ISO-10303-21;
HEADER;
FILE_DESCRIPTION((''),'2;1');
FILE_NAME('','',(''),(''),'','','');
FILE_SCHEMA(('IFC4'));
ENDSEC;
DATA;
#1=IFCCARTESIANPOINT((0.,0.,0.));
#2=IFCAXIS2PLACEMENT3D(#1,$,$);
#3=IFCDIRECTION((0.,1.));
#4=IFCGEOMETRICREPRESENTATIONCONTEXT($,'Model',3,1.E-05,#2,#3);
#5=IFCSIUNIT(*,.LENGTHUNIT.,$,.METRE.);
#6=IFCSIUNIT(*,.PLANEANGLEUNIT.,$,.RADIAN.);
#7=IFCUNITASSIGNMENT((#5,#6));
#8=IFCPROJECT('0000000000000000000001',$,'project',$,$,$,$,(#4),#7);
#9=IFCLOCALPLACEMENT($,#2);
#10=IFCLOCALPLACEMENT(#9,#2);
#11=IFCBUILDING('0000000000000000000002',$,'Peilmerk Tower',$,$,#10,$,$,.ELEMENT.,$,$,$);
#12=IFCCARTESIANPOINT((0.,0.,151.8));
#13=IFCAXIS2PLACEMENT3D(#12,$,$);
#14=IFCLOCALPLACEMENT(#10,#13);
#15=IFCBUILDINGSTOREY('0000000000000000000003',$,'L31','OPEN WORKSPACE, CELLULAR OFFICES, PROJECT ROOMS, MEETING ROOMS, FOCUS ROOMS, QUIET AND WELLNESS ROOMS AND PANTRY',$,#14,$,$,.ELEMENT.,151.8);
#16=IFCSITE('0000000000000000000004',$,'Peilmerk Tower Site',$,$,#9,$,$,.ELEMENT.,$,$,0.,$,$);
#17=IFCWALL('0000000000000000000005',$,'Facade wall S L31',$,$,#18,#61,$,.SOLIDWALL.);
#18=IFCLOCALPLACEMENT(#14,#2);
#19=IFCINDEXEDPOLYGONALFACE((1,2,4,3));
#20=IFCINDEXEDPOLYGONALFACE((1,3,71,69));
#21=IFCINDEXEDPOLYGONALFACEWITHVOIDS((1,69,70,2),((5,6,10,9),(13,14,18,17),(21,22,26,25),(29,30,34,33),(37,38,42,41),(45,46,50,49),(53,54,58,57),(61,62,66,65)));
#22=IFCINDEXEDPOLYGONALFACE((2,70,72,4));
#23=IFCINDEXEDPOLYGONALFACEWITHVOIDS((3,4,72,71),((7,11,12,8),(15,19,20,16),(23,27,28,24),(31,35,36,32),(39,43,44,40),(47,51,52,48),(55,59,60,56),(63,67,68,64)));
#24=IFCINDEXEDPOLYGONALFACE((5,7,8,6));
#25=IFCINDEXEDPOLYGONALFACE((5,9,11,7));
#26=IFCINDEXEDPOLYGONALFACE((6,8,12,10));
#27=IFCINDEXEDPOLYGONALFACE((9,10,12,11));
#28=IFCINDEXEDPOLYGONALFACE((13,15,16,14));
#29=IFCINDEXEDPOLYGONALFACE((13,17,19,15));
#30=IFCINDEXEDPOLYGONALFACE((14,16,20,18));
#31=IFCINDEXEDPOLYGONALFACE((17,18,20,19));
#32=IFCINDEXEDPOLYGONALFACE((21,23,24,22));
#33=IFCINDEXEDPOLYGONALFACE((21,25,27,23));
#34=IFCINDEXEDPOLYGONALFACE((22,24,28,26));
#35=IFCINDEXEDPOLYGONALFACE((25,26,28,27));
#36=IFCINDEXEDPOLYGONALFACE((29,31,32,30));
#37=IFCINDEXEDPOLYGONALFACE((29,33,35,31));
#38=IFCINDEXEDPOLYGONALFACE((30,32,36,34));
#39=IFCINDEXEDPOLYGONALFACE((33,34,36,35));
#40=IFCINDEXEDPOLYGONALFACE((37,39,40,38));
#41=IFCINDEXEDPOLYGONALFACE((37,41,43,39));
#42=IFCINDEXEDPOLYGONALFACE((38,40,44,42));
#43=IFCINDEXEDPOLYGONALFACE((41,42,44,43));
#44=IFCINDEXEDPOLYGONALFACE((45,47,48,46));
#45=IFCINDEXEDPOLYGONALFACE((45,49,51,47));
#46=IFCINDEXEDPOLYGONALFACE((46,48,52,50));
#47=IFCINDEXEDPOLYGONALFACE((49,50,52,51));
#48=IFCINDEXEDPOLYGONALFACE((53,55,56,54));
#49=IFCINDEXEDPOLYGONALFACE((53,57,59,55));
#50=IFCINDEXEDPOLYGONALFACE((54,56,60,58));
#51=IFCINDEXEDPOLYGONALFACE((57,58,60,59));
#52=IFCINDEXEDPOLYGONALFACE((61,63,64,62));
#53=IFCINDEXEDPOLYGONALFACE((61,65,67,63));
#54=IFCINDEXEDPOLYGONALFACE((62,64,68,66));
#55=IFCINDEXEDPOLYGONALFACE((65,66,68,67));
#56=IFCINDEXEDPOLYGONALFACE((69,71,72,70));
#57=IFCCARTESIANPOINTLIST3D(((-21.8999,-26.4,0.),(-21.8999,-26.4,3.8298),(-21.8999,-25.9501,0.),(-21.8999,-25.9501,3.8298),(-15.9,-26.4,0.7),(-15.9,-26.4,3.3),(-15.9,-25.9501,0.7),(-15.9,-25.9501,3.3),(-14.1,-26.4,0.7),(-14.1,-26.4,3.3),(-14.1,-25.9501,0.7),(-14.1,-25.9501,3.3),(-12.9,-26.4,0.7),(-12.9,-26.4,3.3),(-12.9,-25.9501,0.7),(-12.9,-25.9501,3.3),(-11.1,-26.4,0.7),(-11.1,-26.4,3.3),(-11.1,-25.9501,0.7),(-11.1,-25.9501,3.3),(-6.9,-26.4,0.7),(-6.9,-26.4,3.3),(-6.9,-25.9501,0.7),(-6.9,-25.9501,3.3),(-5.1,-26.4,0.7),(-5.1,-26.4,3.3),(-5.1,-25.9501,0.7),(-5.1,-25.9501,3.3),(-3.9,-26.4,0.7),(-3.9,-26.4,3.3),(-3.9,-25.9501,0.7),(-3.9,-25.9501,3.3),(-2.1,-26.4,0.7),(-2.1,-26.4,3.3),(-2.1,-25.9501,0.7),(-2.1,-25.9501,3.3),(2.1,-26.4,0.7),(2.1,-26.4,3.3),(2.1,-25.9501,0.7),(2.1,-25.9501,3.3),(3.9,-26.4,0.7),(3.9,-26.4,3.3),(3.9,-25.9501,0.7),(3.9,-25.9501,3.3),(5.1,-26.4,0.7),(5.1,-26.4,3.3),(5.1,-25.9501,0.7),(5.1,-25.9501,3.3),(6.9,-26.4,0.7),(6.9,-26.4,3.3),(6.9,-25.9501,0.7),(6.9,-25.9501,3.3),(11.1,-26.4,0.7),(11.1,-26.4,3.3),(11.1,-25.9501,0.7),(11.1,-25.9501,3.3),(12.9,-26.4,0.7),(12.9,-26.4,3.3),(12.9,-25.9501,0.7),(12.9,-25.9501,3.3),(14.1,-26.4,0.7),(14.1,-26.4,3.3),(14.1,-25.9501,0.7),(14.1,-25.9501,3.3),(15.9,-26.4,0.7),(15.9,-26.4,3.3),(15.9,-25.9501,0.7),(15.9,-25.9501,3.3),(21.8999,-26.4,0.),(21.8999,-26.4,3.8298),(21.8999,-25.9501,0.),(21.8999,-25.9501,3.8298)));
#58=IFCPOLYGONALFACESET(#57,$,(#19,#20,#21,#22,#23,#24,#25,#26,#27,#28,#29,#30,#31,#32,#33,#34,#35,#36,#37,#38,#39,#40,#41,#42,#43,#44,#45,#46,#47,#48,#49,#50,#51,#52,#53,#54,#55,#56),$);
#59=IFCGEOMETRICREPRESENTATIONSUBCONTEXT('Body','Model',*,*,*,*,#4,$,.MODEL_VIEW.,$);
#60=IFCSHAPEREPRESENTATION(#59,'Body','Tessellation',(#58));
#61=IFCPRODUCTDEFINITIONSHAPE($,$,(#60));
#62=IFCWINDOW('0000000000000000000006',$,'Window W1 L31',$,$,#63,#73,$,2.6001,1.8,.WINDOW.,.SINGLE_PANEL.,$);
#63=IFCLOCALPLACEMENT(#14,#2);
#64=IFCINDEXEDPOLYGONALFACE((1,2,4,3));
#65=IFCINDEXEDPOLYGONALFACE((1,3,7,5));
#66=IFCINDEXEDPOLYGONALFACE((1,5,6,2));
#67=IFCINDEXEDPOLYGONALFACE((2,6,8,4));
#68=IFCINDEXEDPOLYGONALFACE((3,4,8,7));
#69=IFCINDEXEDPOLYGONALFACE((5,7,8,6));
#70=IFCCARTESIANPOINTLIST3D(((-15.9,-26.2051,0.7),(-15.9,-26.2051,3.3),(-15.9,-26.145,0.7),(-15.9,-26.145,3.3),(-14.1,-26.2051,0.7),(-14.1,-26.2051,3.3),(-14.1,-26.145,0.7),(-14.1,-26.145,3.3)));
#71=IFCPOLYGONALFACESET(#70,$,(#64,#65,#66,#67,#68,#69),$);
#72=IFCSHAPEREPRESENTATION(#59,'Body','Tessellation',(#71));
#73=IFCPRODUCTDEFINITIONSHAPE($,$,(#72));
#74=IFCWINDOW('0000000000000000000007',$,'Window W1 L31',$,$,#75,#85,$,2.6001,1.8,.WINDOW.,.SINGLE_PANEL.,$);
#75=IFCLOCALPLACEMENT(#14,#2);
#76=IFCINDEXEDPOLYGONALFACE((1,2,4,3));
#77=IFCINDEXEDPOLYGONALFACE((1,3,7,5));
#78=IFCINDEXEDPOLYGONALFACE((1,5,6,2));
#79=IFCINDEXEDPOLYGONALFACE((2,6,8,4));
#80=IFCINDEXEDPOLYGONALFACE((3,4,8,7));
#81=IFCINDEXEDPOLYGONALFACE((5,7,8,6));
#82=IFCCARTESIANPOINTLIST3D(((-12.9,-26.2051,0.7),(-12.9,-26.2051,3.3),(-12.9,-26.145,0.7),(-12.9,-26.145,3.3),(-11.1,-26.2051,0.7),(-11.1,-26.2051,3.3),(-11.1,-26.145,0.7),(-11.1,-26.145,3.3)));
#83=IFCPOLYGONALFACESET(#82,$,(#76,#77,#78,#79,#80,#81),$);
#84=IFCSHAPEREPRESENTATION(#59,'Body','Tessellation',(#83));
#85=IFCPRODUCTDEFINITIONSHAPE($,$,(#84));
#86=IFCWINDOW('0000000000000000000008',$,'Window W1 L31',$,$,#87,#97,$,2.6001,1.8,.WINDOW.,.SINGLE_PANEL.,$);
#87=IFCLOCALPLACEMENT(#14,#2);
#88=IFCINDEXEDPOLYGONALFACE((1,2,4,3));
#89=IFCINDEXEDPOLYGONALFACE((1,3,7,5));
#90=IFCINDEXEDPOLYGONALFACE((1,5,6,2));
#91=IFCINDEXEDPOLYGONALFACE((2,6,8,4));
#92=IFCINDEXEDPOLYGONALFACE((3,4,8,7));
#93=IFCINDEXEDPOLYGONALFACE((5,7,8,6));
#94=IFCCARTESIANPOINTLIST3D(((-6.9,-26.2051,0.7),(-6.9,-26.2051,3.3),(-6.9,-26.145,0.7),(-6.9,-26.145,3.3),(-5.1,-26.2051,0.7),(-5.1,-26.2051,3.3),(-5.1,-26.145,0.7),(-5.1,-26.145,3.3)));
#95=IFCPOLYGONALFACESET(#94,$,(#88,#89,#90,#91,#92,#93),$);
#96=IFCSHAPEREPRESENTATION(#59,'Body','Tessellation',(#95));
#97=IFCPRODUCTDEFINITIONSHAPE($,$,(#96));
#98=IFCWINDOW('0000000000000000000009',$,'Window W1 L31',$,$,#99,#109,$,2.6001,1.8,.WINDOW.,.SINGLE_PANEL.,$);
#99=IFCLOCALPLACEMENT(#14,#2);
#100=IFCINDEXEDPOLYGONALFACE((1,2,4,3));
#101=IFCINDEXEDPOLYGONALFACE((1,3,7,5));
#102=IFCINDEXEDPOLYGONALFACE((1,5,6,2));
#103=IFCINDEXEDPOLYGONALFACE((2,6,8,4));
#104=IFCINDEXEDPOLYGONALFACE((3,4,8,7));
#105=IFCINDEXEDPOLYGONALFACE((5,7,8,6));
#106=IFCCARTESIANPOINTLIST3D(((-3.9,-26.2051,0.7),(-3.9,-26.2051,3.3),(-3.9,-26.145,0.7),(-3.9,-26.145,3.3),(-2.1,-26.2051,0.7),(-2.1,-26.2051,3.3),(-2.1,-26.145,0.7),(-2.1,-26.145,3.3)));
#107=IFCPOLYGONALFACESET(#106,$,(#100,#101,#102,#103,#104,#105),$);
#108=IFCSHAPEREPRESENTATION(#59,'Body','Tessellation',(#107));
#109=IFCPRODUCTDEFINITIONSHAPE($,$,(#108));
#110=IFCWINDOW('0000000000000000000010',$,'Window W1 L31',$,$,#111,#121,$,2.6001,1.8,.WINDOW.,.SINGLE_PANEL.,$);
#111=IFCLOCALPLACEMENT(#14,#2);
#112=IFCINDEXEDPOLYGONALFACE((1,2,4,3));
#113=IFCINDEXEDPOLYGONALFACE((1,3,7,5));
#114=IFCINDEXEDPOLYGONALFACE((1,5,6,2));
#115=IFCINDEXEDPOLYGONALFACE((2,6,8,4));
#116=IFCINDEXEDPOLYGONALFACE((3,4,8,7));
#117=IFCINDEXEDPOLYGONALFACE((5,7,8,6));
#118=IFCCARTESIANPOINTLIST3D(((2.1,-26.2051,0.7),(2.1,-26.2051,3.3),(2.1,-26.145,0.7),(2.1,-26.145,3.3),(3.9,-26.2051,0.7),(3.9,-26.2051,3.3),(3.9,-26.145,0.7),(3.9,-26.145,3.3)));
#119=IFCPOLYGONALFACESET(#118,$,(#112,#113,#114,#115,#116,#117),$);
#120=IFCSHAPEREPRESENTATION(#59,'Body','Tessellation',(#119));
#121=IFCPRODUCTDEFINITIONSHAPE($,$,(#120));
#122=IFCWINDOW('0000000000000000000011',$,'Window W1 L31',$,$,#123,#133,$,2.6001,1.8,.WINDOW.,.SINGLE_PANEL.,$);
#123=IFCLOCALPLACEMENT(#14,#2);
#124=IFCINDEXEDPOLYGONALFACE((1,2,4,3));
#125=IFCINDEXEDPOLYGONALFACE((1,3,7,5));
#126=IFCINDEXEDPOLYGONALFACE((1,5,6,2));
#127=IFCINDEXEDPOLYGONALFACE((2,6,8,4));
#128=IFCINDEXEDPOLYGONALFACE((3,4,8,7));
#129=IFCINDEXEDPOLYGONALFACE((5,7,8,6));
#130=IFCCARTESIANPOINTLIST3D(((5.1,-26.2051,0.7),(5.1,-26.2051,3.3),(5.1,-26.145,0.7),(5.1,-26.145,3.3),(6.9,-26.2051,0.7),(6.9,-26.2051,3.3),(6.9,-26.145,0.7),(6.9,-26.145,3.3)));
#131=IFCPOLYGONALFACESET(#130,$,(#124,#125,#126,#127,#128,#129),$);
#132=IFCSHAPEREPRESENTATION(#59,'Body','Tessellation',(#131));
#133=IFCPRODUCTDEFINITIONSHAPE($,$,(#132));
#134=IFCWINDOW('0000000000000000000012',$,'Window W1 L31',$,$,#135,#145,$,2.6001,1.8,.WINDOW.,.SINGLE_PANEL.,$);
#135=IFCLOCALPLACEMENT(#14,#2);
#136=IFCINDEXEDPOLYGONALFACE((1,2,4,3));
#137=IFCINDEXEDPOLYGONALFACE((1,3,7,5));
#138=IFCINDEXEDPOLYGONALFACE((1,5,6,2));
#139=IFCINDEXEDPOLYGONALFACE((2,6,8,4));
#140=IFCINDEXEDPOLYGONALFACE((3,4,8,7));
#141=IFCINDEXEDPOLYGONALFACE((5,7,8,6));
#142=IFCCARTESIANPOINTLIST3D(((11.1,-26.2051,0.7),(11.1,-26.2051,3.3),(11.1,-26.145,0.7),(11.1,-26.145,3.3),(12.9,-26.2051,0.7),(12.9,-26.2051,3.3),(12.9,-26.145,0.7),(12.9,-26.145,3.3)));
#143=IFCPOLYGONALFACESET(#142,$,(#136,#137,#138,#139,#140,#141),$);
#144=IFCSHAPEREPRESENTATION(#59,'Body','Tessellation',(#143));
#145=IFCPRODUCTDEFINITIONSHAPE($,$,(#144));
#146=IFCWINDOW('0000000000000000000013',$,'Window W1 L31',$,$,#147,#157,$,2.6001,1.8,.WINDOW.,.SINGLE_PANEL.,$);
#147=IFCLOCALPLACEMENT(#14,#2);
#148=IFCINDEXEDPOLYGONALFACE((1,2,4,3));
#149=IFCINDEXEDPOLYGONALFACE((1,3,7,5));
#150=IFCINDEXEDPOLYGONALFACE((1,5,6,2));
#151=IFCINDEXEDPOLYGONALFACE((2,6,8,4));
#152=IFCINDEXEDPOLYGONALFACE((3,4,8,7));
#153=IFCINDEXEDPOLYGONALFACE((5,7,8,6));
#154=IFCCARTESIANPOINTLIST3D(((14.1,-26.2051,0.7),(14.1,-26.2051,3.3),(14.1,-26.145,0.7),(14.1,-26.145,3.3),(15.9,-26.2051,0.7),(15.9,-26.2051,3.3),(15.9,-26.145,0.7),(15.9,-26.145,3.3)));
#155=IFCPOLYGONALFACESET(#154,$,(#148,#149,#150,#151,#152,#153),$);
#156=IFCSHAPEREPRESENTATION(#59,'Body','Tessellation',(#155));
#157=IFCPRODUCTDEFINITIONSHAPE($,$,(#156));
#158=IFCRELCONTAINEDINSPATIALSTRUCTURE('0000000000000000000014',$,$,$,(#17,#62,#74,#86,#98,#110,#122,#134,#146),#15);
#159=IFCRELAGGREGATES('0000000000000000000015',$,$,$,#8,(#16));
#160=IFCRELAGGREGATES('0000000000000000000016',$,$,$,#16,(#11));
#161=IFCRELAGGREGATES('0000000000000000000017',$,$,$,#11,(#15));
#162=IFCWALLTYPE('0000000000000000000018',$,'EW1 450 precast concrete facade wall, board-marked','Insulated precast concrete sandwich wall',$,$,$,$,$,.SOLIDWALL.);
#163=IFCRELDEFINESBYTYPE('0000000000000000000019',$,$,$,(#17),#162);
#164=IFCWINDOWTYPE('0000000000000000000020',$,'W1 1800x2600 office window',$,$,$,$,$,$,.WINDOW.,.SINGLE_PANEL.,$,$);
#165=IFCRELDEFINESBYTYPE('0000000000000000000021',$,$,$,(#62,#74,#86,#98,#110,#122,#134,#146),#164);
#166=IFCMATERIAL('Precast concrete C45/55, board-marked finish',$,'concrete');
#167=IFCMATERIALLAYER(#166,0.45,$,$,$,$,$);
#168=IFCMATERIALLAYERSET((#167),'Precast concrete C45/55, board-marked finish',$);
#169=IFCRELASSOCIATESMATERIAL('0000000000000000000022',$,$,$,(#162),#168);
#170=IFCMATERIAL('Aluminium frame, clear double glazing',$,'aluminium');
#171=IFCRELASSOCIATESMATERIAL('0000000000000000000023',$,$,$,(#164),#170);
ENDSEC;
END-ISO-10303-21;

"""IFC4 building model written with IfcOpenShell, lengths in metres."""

from ifc_helpers import new_model, si_unit, direction, frame, frame_2d, origin, place, context, subcontext, project, spatial, rectangle, extrude, material, layer, layer_set, type_object, element, fill, save


model = new_model("IFC4")

# Units and contexts
model_context = context("Model", 3, precision=1e-05, world=origin(), true_north=direction((0.0, 1.0)))
body_context = subcontext(model_context, "Body", "Model", "MODEL_VIEW")
ifc_project = project(units=[si_unit("LENGTHUNIT", "METRE"), si_unit("PLANEANGLEUNIT", "RADIAN")], contexts=[model_context])

# Site, building, storey
site_placement = place(None, origin())
site = spatial("IfcSite", under=ifc_project, at=site_placement, Name="Peilmerk Tower Site", CompositionType="ELEMENT", RefElevation=0.0)
building_placement = place(site_placement, origin())
building = spatial("IfcBuilding", under=site, at=building_placement, Name="Peilmerk Tower", CompositionType="ELEMENT")
storey_placement = place(building_placement, frame((0.0, 0.0, 151.8)))
storey = spatial("IfcBuildingStorey", under=building, at=storey_placement, Name="L31", Description="OPEN WORKSPACE, CELLULAR OFFICES, PROJECT ROOMS, MEETING ROOMS, FOCUS ROOMS, QUIET AND WELLNESS ROOMS AND PANTRY", CompositionType="ELEMENT", Elevation=151.8)

# Wall, openings, windows
ifc_material_1 = material(Name="Precast concrete C45/55, board-marked finish", Category="concrete")
ifc_layer_1 = layer(ifc_material_1, 0.45)
ifc_layer_set_1 = layer_set([ifc_layer_1], Name="Precast concrete C45/55, board-marked finish")
wall_type = type_object("IfcWallType", Name="EW1 450 precast concrete facade wall, board-marked", Description="Insulated precast concrete sandwich wall", PredefinedType="SOLIDWALL", material=ifc_layer_set_1)
wall_placement = place(storey_placement, frame((-21.8999, -26.175, 0.0), z_axis=(0.0, 0.0, 1.0), x_axis=(1.0, 0.0, 0.0)))
wall = element("IfcWall", 1, at=wall_placement, inside=storey, type_object=wall_type, Name="Facade wall S L31", PredefinedType="SOLIDWALL", context=body_context, shape_type="SweptSolid", body=[
    extrude(rectangle(XDim=43.7998, YDim=0.45, at=frame_2d((21.8999, 0.0))), origin(), (0.0, 0.0, 1.0), 3.8298),
])
opening_1_placement = place(wall_placement, frame((6.0, 0.0, 0.7)))
opening_1 = element("IfcOpeningElement", 2, at=opening_1_placement, cuts=wall, PredefinedType="OPENING", context=body_context, shape_type="SweptSolid", body=[
    extrude(rectangle(XDim=1.8, YDim=2.6001, at=frame_2d((0.8999, 1.3))), frame((0.0, 0.2349, 0.0), z_axis=(0.0, -1.0, 0.0), x_axis=(1.0, 0.0, 0.0)), (0.0, 0.0, 1.0), 0.47),
])
opening_2_placement = place(wall_placement, frame((9.0, 0.0, 0.7)))
opening_2 = element("IfcOpeningElement", 3, at=opening_2_placement, cuts=wall, PredefinedType="OPENING", context=body_context, shape_type="SweptSolid", body=[
    extrude(rectangle(XDim=1.8, YDim=2.6001, at=frame_2d((0.8999, 1.3))), frame((0.0, 0.2349, 0.0), z_axis=(0.0, -1.0, 0.0), x_axis=(1.0, 0.0, 0.0)), (0.0, 0.0, 1.0), 0.47),
])
opening_3_placement = place(wall_placement, frame((15.0, 0.0, 0.7)))
opening_3 = element("IfcOpeningElement", 4, at=opening_3_placement, cuts=wall, PredefinedType="OPENING", context=body_context, shape_type="SweptSolid", body=[
    extrude(rectangle(XDim=1.8, YDim=2.6001, at=frame_2d((0.8999, 1.3))), frame((0.0, 0.2349, 0.0), z_axis=(0.0, -1.0, 0.0), x_axis=(1.0, 0.0, 0.0)), (0.0, 0.0, 1.0), 0.47),
])
opening_4_placement = place(wall_placement, frame((18.0, 0.0, 0.7)))
opening_4 = element("IfcOpeningElement", 5, at=opening_4_placement, cuts=wall, PredefinedType="OPENING", context=body_context, shape_type="SweptSolid", body=[
    extrude(rectangle(XDim=1.8, YDim=2.6001, at=frame_2d((0.8999, 1.3))), frame((0.0, 0.2349, 0.0), z_axis=(0.0, -1.0, 0.0), x_axis=(1.0, 0.0, 0.0)), (0.0, 0.0, 1.0), 0.47),
])
opening_5_placement = place(wall_placement, frame((24.0, 0.0, 0.7)))
opening_5 = element("IfcOpeningElement", 6, at=opening_5_placement, cuts=wall, PredefinedType="OPENING", context=body_context, shape_type="SweptSolid", body=[
    extrude(rectangle(XDim=1.8, YDim=2.6001, at=frame_2d((0.8999, 1.3))), frame((0.0, 0.2349, 0.0), z_axis=(0.0, -1.0, 0.0), x_axis=(1.0, 0.0, 0.0)), (0.0, 0.0, 1.0), 0.47),
])
opening_6_placement = place(wall_placement, frame((27.0, 0.0, 0.7)))
opening_6 = element("IfcOpeningElement", 7, at=opening_6_placement, cuts=wall, PredefinedType="OPENING", context=body_context, shape_type="SweptSolid", body=[
    extrude(rectangle(XDim=1.8, YDim=2.6001, at=frame_2d((0.8999, 1.3))), frame((0.0, 0.2349, 0.0), z_axis=(0.0, -1.0, 0.0), x_axis=(1.0, 0.0, 0.0)), (0.0, 0.0, 1.0), 0.47),
])
opening_7_placement = place(wall_placement, frame((33.0, 0.0, 0.7)))
opening_7 = element("IfcOpeningElement", 8, at=opening_7_placement, cuts=wall, PredefinedType="OPENING", context=body_context, shape_type="SweptSolid", body=[
    extrude(rectangle(XDim=1.8, YDim=2.6001, at=frame_2d((0.8999, 1.3))), frame((0.0, 0.2349, 0.0), z_axis=(0.0, -1.0, 0.0), x_axis=(1.0, 0.0, 0.0)), (0.0, 0.0, 1.0), 0.47),
])
opening_8_placement = place(wall_placement, frame((36.0, 0.0, 0.7)))
opening_8 = element("IfcOpeningElement", 9, at=opening_8_placement, cuts=wall, PredefinedType="OPENING", context=body_context, shape_type="SweptSolid", body=[
    extrude(rectangle(XDim=1.8, YDim=2.6001, at=frame_2d((0.8999, 1.3))), frame((0.0, 0.2349, 0.0), z_axis=(0.0, -1.0, 0.0), x_axis=(1.0, 0.0, 0.0)), (0.0, 0.0, 1.0), 0.47),
])
ifc_material_2 = material(Name="Aluminium frame, clear double glazing", Category="aluminium")
window_type = type_object("IfcWindowType", Name="W1 1800x2600 office window", PartitioningType="SINGLE_PANEL", PredefinedType="WINDOW", material=ifc_material_2)
window_1_placement = place(opening_1_placement, origin())
window_1 = element("IfcWindow", 10, at=window_1_placement, inside=storey, type_object=window_type, Name="Window W1 L31", OverallHeight=2.6001, OverallWidth=1.8, PartitioningType="SINGLE_PANEL", PredefinedType="WINDOW", context=body_context, shape_type="SweptSolid", body=[
    extrude(rectangle(XDim=1.8, YDim=2.6001, at=frame_2d((0.8999, 1.3))), frame((0.0, 0.03, 0.0), z_axis=(0.0, -1.0, 0.0), x_axis=(1.0, 0.0, 0.0)), (0.0, 0.0, 1.0), 0.0601),
])
fill(opening_1, window_1)
window_2_placement = place(opening_2_placement, origin())
window_2 = element("IfcWindow", 11, at=window_2_placement, inside=storey, type_object=window_type, Name="Window W1 L31", OverallHeight=2.6001, OverallWidth=1.8, PartitioningType="SINGLE_PANEL", PredefinedType="WINDOW", context=body_context, shape_type="SweptSolid", body=[
    extrude(rectangle(XDim=1.8, YDim=2.6001, at=frame_2d((0.8999, 1.3))), frame((0.0, 0.03, 0.0), z_axis=(0.0, -1.0, 0.0), x_axis=(1.0, 0.0, 0.0)), (0.0, 0.0, 1.0), 0.0601),
])
fill(opening_2, window_2)
window_3_placement = place(opening_3_placement, origin())
window_3 = element("IfcWindow", 12, at=window_3_placement, inside=storey, type_object=window_type, Name="Window W1 L31", OverallHeight=2.6001, OverallWidth=1.8, PartitioningType="SINGLE_PANEL", PredefinedType="WINDOW", context=body_context, shape_type="SweptSolid", body=[
    extrude(rectangle(XDim=1.8, YDim=2.6001, at=frame_2d((0.8999, 1.3))), frame((0.0, 0.03, 0.0), z_axis=(0.0, -1.0, 0.0), x_axis=(1.0, 0.0, 0.0)), (0.0, 0.0, 1.0), 0.0601),
])
fill(opening_3, window_3)
window_4_placement = place(opening_4_placement, origin())
window_4 = element("IfcWindow", 13, at=window_4_placement, inside=storey, type_object=window_type, Name="Window W1 L31", OverallHeight=2.6001, OverallWidth=1.8, PartitioningType="SINGLE_PANEL", PredefinedType="WINDOW", context=body_context, shape_type="SweptSolid", body=[
    extrude(rectangle(XDim=1.8, YDim=2.6001, at=frame_2d((0.8999, 1.3))), frame((0.0, 0.03, 0.0), z_axis=(0.0, -1.0, 0.0), x_axis=(1.0, 0.0, 0.0)), (0.0, 0.0, 1.0), 0.0601),
])
fill(opening_4, window_4)
window_5_placement = place(opening_5_placement, origin())
window_5 = element("IfcWindow", 14, at=window_5_placement, inside=storey, type_object=window_type, Name="Window W1 L31", OverallHeight=2.6001, OverallWidth=1.8, PartitioningType="SINGLE_PANEL", PredefinedType="WINDOW", context=body_context, shape_type="SweptSolid", body=[
    extrude(rectangle(XDim=1.8, YDim=2.6001, at=frame_2d((0.8999, 1.3))), frame((0.0, 0.03, 0.0), z_axis=(0.0, -1.0, 0.0), x_axis=(1.0, 0.0, 0.0)), (0.0, 0.0, 1.0), 0.0601),
])
fill(opening_5, window_5)
window_6_placement = place(opening_6_placement, origin())
window_6 = element("IfcWindow", 15, at=window_6_placement, inside=storey, type_object=window_type, Name="Window W1 L31", OverallHeight=2.6001, OverallWidth=1.8, PartitioningType="SINGLE_PANEL", PredefinedType="WINDOW", context=body_context, shape_type="SweptSolid", body=[
    extrude(rectangle(XDim=1.8, YDim=2.6001, at=frame_2d((0.8999, 1.3))), frame((0.0, 0.03, 0.0), z_axis=(0.0, -1.0, 0.0), x_axis=(1.0, 0.0, 0.0)), (0.0, 0.0, 1.0), 0.0601),
])
fill(opening_6, window_6)
window_7_placement = place(opening_7_placement, origin())
window_7 = element("IfcWindow", 16, at=window_7_placement, inside=storey, type_object=window_type, Name="Window W1 L31", OverallHeight=2.6001, OverallWidth=1.8, PartitioningType="SINGLE_PANEL", PredefinedType="WINDOW", context=body_context, shape_type="SweptSolid", body=[
    extrude(rectangle(XDim=1.8, YDim=2.6001, at=frame_2d((0.8999, 1.3))), frame((0.0, 0.03, 0.0), z_axis=(0.0, -1.0, 0.0), x_axis=(1.0, 0.0, 0.0)), (0.0, 0.0, 1.0), 0.0601),
])
fill(opening_7, window_7)
window_8_placement = place(opening_8_placement, origin())
window_8 = element("IfcWindow", 17, at=window_8_placement, inside=storey, type_object=window_type, Name="Window W1 L31", OverallHeight=2.6001, OverallWidth=1.8, PartitioningType="SINGLE_PANEL", PredefinedType="WINDOW", context=body_context, shape_type="SweptSolid", body=[
    extrude(rectangle(XDim=1.8, YDim=2.6001, at=frame_2d((0.8999, 1.3))), frame((0.0, 0.03, 0.0), z_axis=(0.0, -1.0, 0.0), x_axis=(1.0, 0.0, 0.0)), (0.0, 0.0, 1.0), 0.0601),
])
fill(opening_8, window_8)

save(model, "model.ifc")
